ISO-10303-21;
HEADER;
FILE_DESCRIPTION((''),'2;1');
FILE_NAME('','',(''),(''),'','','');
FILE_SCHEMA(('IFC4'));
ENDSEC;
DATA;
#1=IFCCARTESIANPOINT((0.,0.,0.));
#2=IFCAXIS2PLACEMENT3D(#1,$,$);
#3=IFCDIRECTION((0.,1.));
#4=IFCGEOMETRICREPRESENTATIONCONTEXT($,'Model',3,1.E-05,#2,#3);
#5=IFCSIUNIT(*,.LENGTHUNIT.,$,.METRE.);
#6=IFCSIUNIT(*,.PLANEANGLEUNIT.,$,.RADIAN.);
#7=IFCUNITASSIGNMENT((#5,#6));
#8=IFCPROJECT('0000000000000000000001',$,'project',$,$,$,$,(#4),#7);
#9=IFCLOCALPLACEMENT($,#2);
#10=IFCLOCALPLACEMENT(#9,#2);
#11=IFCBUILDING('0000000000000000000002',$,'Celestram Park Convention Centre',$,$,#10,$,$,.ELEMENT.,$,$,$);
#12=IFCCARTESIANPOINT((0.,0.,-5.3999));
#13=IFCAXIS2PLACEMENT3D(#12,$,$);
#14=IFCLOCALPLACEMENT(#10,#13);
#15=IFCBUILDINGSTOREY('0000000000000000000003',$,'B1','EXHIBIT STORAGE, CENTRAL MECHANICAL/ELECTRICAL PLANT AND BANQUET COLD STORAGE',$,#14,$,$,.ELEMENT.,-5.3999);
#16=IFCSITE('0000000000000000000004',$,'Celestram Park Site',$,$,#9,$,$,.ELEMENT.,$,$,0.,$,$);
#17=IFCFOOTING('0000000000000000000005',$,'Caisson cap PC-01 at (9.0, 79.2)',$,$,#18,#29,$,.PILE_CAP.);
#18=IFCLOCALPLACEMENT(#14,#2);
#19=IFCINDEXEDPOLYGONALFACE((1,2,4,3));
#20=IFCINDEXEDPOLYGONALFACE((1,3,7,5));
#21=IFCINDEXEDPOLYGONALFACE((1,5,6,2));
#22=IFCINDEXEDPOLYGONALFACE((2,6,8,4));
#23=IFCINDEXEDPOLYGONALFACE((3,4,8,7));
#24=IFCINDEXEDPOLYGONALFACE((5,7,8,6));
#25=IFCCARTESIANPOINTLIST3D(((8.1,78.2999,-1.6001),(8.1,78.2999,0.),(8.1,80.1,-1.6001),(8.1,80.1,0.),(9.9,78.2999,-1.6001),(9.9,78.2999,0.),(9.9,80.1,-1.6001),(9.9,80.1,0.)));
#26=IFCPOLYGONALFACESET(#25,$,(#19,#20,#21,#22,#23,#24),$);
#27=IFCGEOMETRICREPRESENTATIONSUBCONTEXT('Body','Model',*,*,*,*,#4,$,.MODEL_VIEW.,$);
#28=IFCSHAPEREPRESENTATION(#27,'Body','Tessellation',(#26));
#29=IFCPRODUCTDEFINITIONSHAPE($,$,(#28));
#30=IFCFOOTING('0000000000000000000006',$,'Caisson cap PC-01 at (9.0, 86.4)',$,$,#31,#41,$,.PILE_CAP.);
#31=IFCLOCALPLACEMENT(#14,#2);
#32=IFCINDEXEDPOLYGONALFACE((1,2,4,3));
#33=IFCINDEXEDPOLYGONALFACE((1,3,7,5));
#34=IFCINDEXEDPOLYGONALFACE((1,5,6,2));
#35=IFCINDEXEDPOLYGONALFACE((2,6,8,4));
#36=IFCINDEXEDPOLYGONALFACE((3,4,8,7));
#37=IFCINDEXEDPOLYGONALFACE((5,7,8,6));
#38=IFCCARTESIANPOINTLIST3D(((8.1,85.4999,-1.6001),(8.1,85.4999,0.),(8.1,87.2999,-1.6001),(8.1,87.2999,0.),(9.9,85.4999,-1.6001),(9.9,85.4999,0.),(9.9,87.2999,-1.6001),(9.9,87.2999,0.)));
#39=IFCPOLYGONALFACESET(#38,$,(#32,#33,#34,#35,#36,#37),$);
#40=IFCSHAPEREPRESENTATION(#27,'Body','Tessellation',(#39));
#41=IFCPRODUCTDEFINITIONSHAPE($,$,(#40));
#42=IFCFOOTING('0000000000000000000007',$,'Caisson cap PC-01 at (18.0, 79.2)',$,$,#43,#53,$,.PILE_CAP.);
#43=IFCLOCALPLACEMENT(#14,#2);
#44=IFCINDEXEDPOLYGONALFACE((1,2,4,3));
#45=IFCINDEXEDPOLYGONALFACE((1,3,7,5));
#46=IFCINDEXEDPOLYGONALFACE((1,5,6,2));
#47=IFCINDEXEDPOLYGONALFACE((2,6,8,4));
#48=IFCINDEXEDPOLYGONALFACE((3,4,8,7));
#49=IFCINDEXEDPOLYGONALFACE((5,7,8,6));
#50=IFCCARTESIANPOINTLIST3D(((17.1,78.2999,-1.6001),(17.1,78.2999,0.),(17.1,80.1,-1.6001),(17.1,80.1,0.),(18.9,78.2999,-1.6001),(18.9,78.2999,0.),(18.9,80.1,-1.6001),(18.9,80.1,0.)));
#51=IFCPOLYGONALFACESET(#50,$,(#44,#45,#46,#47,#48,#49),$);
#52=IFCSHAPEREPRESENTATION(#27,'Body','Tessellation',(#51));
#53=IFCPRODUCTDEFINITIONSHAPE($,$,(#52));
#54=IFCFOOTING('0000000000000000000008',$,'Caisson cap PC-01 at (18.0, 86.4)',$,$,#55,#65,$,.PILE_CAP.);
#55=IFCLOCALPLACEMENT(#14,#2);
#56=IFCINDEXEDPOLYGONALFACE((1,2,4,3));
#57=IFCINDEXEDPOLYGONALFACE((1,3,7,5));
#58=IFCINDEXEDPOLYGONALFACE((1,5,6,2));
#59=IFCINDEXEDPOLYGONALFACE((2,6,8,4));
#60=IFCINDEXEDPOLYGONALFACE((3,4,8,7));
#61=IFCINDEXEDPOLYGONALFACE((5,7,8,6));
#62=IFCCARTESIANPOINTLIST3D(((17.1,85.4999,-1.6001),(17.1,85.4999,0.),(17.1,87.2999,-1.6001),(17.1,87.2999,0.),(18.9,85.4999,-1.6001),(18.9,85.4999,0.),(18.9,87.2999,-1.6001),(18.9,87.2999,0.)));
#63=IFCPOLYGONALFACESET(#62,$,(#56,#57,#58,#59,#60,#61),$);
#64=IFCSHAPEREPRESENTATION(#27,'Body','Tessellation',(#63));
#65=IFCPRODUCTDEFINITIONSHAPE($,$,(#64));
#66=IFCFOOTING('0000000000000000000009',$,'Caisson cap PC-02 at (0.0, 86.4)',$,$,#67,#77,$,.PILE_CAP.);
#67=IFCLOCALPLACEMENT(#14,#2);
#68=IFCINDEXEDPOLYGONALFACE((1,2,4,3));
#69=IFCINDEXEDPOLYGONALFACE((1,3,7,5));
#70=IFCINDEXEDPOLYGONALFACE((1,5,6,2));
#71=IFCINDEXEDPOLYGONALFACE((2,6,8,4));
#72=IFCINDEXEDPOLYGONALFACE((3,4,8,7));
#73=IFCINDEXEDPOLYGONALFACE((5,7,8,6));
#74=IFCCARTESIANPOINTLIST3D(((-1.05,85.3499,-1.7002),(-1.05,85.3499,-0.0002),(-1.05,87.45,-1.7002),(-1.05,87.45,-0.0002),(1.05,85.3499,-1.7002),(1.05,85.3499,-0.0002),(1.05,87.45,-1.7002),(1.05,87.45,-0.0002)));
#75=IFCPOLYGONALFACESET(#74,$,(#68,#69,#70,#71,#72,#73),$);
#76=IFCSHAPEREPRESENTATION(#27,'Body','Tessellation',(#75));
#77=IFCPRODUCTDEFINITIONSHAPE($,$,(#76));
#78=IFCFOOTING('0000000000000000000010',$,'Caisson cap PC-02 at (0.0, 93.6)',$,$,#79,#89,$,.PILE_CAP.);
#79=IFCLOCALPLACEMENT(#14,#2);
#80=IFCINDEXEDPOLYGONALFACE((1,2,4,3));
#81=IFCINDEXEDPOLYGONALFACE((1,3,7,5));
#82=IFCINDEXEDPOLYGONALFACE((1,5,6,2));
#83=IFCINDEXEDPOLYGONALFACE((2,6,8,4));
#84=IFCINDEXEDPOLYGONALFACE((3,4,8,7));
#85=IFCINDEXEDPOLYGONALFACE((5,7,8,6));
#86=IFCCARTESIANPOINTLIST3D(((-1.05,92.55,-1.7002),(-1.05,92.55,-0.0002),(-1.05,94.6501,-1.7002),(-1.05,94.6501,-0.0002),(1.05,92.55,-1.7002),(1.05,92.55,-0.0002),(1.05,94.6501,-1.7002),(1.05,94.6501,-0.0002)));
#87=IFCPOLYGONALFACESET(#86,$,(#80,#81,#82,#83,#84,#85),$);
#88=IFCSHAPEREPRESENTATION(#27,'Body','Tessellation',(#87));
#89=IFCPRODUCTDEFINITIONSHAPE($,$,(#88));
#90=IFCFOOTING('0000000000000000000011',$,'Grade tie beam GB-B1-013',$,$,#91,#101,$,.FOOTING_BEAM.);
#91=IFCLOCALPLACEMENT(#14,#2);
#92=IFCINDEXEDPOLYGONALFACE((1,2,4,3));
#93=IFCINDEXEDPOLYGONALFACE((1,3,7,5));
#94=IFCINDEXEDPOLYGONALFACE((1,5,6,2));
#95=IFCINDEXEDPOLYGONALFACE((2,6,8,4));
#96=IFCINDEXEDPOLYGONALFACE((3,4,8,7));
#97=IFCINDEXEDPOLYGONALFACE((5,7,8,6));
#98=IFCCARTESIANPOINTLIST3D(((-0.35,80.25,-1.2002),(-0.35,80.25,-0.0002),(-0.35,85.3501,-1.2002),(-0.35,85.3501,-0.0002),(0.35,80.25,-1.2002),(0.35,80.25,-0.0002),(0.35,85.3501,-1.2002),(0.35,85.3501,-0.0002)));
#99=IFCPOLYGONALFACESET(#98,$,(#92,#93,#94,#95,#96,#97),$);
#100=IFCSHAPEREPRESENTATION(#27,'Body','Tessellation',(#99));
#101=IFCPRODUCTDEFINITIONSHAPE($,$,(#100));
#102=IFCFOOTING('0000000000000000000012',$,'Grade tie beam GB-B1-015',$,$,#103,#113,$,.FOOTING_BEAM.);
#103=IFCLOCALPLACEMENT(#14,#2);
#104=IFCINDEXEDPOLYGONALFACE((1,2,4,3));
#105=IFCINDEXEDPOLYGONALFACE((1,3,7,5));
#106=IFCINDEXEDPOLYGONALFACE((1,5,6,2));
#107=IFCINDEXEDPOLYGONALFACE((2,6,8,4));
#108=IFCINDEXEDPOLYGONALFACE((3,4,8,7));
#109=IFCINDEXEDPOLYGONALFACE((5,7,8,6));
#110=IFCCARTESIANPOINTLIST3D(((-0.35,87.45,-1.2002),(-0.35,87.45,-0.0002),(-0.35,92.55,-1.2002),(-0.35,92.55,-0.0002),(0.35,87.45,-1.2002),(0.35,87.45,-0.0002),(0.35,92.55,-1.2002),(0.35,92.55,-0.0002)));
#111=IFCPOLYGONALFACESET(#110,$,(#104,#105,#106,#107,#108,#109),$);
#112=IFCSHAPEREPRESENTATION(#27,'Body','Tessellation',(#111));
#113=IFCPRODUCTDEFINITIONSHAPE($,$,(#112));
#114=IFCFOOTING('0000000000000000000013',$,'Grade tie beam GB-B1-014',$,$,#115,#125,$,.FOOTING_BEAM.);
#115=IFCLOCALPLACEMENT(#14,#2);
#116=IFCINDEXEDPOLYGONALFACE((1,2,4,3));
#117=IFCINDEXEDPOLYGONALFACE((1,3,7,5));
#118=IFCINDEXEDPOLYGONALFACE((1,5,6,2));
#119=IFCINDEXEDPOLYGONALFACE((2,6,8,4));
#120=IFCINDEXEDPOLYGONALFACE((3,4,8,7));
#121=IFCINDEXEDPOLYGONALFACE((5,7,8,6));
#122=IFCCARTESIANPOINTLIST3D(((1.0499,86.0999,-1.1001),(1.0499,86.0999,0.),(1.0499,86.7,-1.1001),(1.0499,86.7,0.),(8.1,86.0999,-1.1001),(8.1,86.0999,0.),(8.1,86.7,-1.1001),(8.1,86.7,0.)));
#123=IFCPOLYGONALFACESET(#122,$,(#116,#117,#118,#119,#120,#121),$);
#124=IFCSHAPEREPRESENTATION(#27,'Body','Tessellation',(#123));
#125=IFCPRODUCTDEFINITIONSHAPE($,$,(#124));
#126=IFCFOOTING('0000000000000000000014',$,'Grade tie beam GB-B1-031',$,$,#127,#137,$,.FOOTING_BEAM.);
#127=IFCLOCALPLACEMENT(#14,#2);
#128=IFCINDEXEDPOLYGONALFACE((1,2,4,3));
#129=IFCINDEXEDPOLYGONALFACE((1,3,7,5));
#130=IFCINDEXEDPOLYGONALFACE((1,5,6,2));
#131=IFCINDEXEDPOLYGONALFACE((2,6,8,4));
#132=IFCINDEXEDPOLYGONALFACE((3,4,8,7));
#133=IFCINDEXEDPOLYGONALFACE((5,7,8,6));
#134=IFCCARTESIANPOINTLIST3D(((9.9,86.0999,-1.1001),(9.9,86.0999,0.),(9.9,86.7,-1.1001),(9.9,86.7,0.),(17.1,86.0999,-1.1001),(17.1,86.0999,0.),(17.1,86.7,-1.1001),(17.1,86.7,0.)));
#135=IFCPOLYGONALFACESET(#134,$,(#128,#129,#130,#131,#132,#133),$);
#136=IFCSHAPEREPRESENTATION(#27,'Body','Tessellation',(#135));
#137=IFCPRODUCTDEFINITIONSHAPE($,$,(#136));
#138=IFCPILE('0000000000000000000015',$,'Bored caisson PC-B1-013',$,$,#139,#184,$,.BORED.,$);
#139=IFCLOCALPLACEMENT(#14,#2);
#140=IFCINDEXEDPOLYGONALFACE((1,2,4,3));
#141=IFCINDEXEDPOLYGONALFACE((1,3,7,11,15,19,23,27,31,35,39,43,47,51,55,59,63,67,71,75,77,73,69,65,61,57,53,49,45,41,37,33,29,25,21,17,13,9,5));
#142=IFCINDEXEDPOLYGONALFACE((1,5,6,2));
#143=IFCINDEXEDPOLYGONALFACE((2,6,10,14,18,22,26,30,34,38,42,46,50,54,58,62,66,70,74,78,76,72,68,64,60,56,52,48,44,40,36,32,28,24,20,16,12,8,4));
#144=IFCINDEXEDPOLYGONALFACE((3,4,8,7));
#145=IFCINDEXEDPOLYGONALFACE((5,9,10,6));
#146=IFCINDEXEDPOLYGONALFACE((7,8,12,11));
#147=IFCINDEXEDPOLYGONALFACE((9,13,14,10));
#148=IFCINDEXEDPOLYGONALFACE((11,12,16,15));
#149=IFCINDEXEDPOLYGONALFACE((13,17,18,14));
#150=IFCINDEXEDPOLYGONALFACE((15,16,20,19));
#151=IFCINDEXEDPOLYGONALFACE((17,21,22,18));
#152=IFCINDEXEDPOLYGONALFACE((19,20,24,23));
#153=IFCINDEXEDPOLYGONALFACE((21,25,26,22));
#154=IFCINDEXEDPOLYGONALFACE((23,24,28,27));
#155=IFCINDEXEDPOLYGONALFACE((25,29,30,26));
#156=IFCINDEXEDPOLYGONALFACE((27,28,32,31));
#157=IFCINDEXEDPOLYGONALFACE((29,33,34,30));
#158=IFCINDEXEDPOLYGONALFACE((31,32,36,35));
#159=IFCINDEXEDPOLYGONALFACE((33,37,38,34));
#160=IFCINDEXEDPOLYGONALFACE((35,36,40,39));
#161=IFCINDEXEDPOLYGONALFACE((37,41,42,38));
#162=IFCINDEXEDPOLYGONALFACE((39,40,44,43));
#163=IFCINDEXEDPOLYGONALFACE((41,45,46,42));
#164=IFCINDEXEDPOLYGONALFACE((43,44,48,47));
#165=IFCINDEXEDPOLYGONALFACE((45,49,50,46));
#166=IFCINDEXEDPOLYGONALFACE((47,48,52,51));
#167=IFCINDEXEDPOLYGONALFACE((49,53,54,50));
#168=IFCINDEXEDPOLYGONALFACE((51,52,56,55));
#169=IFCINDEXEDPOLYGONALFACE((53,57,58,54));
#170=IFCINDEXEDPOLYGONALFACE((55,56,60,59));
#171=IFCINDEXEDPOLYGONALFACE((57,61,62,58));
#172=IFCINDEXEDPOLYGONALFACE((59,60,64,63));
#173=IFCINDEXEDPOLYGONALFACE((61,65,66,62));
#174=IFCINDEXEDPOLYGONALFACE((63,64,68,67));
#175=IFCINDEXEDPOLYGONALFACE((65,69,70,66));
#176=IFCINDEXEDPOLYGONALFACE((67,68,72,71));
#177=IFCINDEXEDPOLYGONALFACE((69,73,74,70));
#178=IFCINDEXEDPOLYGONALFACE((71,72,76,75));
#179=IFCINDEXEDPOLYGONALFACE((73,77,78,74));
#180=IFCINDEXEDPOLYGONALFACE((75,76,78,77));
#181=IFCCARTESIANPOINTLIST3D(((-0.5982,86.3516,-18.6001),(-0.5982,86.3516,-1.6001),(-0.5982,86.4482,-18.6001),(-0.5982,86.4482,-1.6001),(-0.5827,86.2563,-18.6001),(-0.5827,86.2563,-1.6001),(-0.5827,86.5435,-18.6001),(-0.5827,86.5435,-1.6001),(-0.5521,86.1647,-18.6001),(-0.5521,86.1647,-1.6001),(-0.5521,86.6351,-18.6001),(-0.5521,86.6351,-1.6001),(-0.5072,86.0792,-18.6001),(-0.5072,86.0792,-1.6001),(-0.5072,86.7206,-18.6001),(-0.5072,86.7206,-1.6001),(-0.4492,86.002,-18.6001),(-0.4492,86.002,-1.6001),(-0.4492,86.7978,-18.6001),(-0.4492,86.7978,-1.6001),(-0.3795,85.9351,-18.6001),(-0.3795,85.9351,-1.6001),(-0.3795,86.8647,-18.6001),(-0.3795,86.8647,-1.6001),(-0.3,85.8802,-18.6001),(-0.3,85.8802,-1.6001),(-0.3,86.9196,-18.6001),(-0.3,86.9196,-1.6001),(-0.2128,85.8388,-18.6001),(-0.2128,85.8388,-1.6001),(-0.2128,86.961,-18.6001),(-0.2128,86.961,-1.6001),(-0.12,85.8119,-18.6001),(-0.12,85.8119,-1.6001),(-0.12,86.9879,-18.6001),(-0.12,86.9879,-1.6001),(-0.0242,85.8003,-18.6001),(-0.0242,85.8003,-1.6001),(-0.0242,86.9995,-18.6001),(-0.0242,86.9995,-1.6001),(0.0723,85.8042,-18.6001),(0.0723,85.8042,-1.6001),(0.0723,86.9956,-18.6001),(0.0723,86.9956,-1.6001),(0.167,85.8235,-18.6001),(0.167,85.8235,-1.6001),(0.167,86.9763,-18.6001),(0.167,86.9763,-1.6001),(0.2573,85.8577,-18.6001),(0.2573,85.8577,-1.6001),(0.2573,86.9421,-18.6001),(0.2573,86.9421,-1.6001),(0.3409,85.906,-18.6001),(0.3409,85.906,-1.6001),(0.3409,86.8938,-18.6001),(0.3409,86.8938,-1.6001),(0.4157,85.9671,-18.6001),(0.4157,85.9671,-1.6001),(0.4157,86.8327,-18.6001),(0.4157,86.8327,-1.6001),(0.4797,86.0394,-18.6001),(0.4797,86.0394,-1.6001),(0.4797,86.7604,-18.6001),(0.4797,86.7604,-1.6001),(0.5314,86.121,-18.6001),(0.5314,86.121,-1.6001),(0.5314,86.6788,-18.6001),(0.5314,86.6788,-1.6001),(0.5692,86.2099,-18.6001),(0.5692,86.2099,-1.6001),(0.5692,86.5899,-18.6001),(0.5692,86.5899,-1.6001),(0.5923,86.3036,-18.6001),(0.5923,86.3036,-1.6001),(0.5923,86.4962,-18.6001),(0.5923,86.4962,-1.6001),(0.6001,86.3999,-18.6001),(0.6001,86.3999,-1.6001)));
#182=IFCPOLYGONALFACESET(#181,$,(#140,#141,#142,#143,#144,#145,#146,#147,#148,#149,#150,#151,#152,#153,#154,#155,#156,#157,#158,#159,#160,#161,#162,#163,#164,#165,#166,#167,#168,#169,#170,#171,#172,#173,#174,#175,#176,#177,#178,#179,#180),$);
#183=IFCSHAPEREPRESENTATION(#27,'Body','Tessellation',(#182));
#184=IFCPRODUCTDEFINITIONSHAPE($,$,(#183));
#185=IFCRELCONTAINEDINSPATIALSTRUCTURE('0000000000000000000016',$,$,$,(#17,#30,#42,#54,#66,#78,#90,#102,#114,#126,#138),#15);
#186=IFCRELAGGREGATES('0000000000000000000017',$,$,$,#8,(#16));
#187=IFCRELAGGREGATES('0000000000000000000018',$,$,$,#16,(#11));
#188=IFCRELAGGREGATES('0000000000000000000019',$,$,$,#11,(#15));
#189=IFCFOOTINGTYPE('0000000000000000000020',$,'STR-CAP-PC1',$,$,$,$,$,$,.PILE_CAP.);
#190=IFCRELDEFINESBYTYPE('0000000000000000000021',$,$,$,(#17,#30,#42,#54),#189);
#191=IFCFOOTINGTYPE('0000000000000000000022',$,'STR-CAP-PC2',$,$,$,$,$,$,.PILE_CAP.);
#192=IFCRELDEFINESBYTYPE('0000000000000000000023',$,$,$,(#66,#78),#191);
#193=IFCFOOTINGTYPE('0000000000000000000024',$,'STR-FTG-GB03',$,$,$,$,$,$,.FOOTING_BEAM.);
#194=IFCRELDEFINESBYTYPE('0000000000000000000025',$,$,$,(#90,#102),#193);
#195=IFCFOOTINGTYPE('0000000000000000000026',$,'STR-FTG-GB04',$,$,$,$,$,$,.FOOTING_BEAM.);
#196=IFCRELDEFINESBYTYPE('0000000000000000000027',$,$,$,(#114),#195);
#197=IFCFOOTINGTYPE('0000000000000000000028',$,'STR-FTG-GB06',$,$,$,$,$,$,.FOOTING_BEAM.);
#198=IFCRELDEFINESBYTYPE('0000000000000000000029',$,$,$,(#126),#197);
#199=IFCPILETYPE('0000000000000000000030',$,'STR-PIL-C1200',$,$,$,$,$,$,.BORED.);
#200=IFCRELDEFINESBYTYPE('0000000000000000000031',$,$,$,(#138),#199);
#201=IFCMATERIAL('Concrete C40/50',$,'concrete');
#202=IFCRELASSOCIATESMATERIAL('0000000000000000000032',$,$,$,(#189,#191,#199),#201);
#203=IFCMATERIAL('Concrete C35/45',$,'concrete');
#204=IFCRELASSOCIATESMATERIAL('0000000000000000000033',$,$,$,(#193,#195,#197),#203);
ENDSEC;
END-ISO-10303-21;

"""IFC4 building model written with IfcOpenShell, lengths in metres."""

from ifc_helpers import new_model, si_unit, direction, frame, origin, origin_2d, place, context, subcontext, project, spatial, rectangle, circle, extrude, material, material_profile, profile_set, type_object, element, save


model = new_model("IFC4")

# Units and contexts
model_context = context("Model", 3, precision=1e-05, world=origin(), true_north=direction((0.0, 1.0)))
body_context = subcontext(model_context, "Body", "Model", "MODEL_VIEW")
ifc_project = project(units=[si_unit("LENGTHUNIT", "METRE"), si_unit("PLANEANGLEUNIT", "RADIAN")], contexts=[model_context])

# Site, building, storey
site_placement = place(None, origin())
site = spatial("IfcSite", under=ifc_project, at=site_placement, Name="Celestram Park Site", CompositionType="ELEMENT", RefElevation=0.0)
building_placement = place(site_placement, origin())
building = spatial("IfcBuilding", under=site, at=building_placement, Name="Celestram Park Convention Centre", CompositionType="ELEMENT")
storey_placement = place(building_placement, frame((0.0, 0.0, -5.3999)))
storey = spatial("IfcBuildingStorey", under=building, at=storey_placement, Name="B1", Description="EXHIBIT STORAGE, CENTRAL MECHANICAL/ELECTRICAL PLANT AND BANQUET COLD STORAGE", CompositionType="ELEMENT", Elevation=-5.3999)

# Footings
ifc_material_1 = material(Name="Concrete C40/50", Category="concrete")
footing_type_1 = type_object("IfcFootingType", Name="STR-CAP-PC1", PredefinedType="PILE_CAP", material=ifc_material_1)
for number, where, z_axis, x_axis, name in (
    (1, (9.0, 79.2, -1.6001), (0.0, 0.0, 1.0), (1.0, 0.0, 0.0), "Caisson cap PC-01 at (9.0, 79.2)"),
    (2, (9.0, 86.3999, -1.6001), (0.0, 0.0, 1.0), (1.0, 0.0, 0.0), "Caisson cap PC-01 at (9.0, 86.4)"),
    (3, (18.0, 79.2, -1.6001), (0.0, 0.0, 1.0), (1.0, 0.0, 0.0), "Caisson cap PC-01 at (18.0, 79.2)"),
    (4, (18.0, 86.3999, -1.6001), (0.0, 0.0, 1.0), (1.0, 0.0, 0.0), "Caisson cap PC-01 at (18.0, 86.4)"),
):
    element("IfcFooting", number, at=place(storey_placement, frame(where, z_axis=z_axis, x_axis=x_axis)), inside=storey, type_object=footing_type_1, Name=name, PredefinedType="PILE_CAP", context=body_context, shape_type="SweptSolid", body=[
        extrude(rectangle(XDim=1.8, YDim=1.8, at=origin_2d()), origin(), (0.0, 0.0, 1.0), 1.6001),
    ])
footing_type_2 = type_object("IfcFootingType", Name="STR-CAP-PC2", PredefinedType="PILE_CAP", material=ifc_material_1)
for number, where, z_axis, x_axis, name in (
    (5, (0.0, 86.3999, -1.7002), (0.0, 0.0, 1.0), (1.0, 0.0, 0.0), "Caisson cap PC-02 at (0.0, 86.4)"),
    (6, (0.0, 93.6001, -1.7002), (0.0, 0.0, 1.0), (1.0, 0.0, 0.0), "Caisson cap PC-02 at (0.0, 93.6)"),
):
    element("IfcFooting", number, at=place(storey_placement, frame(where, z_axis=z_axis, x_axis=x_axis)), inside=storey, type_object=footing_type_2, Name=name, PredefinedType="PILE_CAP", context=body_context, shape_type="SweptSolid", body=[
        extrude(rectangle(XDim=2.1001, YDim=2.1001, at=origin_2d()), origin(), (0.0, 0.0, 1.0), 1.7),
    ])
ifc_material_2 = material(Name="Concrete C35/45", Category="concrete")
footing_type_3 = type_object("IfcFootingType", Name="STR-FTG-GB03", PredefinedType="FOOTING_BEAM", material=ifc_material_2)
for number, where, z_axis, x_axis, name in (
    (7, (0.0, 82.8, -1.2002), (0.0, 0.0, 1.0), (0.0, 1.0, 0.0), "Grade tie beam GB-B1-013"),
    (8, (0.0, 90.0, -1.2002), (0.0, 0.0, 1.0), (0.0, 1.0, 0.0), "Grade tie beam GB-B1-015"),
):
    element("IfcFooting", number, at=place(storey_placement, frame(where, z_axis=z_axis, x_axis=x_axis)), inside=storey, type_object=footing_type_3, Name=name, PredefinedType="FOOTING_BEAM", context=body_context, shape_type="SweptSolid", body=[
        extrude(rectangle(XDim=5.1001, YDim=0.7, at=origin_2d()), origin(), (0.0, 0.0, 1.0), 1.2),
    ])
footing_type_4 = type_object("IfcFootingType", Name="STR-FTG-GB04", PredefinedType="FOOTING_BEAM", material=ifc_material_2)
footing_1_placement = place(storey_placement, frame((4.575, 86.3999, -1.1001), z_axis=(0.0, 0.0, 1.0), x_axis=(1.0, 0.0, 0.0)))
element("IfcFooting", 9, at=footing_1_placement, inside=storey, type_object=footing_type_4, Name="Grade tie beam GB-B1-014", PredefinedType="FOOTING_BEAM", context=body_context, shape_type="SweptSolid", body=[
    extrude(rectangle(XDim=7.05, YDim=0.6001, at=origin_2d()), origin(), (0.0, 0.0, 1.0), 1.1001),
])
footing_type_5 = type_object("IfcFootingType", Name="STR-FTG-GB06", PredefinedType="FOOTING_BEAM", material=ifc_material_2)
footing_2_placement = place(storey_placement, frame((13.5, 86.3999, -1.1001), z_axis=(0.0, 0.0, 1.0), x_axis=(1.0, 0.0, 0.0)))
element("IfcFooting", 10, at=footing_2_placement, inside=storey, type_object=footing_type_5, Name="Grade tie beam GB-B1-031", PredefinedType="FOOTING_BEAM", context=body_context, shape_type="SweptSolid", body=[
    extrude(rectangle(XDim=7.2, YDim=0.6001, at=origin_2d()), origin(), (0.0, 0.0, 1.0), 1.1001),
])

# Pile
ifc_material_profile_1 = material_profile(ifc_material_1, circle(Radius=0.6001, at=origin_2d()), Name="CAISSON1200")
ifc_profile_set_1 = profile_set([ifc_material_profile_1], Name="Concrete C40/50")
pile_type_1 = type_object("IfcPileType", Name="STR-PIL-C1200", PredefinedType="BORED", material=ifc_profile_set_1)
pile_placement = place(storey_placement, frame((0.0, 86.3999, -1.6001), z_axis=(0.0, 0.0, -1.0), x_axis=(1.0, 0.0, 0.0)))
element("IfcPile", 11, at=pile_placement, inside=storey, type_object=pile_type_1, Name="Bored caisson PC-B1-013", PredefinedType="BORED", context=body_context, shape_type="SweptSolid", body=[
    extrude(circle(Radius=0.6001, at=origin_2d()), origin(), (0.0, 0.0, 1.0), 17.0),
])

save(model, "model.ifc")
